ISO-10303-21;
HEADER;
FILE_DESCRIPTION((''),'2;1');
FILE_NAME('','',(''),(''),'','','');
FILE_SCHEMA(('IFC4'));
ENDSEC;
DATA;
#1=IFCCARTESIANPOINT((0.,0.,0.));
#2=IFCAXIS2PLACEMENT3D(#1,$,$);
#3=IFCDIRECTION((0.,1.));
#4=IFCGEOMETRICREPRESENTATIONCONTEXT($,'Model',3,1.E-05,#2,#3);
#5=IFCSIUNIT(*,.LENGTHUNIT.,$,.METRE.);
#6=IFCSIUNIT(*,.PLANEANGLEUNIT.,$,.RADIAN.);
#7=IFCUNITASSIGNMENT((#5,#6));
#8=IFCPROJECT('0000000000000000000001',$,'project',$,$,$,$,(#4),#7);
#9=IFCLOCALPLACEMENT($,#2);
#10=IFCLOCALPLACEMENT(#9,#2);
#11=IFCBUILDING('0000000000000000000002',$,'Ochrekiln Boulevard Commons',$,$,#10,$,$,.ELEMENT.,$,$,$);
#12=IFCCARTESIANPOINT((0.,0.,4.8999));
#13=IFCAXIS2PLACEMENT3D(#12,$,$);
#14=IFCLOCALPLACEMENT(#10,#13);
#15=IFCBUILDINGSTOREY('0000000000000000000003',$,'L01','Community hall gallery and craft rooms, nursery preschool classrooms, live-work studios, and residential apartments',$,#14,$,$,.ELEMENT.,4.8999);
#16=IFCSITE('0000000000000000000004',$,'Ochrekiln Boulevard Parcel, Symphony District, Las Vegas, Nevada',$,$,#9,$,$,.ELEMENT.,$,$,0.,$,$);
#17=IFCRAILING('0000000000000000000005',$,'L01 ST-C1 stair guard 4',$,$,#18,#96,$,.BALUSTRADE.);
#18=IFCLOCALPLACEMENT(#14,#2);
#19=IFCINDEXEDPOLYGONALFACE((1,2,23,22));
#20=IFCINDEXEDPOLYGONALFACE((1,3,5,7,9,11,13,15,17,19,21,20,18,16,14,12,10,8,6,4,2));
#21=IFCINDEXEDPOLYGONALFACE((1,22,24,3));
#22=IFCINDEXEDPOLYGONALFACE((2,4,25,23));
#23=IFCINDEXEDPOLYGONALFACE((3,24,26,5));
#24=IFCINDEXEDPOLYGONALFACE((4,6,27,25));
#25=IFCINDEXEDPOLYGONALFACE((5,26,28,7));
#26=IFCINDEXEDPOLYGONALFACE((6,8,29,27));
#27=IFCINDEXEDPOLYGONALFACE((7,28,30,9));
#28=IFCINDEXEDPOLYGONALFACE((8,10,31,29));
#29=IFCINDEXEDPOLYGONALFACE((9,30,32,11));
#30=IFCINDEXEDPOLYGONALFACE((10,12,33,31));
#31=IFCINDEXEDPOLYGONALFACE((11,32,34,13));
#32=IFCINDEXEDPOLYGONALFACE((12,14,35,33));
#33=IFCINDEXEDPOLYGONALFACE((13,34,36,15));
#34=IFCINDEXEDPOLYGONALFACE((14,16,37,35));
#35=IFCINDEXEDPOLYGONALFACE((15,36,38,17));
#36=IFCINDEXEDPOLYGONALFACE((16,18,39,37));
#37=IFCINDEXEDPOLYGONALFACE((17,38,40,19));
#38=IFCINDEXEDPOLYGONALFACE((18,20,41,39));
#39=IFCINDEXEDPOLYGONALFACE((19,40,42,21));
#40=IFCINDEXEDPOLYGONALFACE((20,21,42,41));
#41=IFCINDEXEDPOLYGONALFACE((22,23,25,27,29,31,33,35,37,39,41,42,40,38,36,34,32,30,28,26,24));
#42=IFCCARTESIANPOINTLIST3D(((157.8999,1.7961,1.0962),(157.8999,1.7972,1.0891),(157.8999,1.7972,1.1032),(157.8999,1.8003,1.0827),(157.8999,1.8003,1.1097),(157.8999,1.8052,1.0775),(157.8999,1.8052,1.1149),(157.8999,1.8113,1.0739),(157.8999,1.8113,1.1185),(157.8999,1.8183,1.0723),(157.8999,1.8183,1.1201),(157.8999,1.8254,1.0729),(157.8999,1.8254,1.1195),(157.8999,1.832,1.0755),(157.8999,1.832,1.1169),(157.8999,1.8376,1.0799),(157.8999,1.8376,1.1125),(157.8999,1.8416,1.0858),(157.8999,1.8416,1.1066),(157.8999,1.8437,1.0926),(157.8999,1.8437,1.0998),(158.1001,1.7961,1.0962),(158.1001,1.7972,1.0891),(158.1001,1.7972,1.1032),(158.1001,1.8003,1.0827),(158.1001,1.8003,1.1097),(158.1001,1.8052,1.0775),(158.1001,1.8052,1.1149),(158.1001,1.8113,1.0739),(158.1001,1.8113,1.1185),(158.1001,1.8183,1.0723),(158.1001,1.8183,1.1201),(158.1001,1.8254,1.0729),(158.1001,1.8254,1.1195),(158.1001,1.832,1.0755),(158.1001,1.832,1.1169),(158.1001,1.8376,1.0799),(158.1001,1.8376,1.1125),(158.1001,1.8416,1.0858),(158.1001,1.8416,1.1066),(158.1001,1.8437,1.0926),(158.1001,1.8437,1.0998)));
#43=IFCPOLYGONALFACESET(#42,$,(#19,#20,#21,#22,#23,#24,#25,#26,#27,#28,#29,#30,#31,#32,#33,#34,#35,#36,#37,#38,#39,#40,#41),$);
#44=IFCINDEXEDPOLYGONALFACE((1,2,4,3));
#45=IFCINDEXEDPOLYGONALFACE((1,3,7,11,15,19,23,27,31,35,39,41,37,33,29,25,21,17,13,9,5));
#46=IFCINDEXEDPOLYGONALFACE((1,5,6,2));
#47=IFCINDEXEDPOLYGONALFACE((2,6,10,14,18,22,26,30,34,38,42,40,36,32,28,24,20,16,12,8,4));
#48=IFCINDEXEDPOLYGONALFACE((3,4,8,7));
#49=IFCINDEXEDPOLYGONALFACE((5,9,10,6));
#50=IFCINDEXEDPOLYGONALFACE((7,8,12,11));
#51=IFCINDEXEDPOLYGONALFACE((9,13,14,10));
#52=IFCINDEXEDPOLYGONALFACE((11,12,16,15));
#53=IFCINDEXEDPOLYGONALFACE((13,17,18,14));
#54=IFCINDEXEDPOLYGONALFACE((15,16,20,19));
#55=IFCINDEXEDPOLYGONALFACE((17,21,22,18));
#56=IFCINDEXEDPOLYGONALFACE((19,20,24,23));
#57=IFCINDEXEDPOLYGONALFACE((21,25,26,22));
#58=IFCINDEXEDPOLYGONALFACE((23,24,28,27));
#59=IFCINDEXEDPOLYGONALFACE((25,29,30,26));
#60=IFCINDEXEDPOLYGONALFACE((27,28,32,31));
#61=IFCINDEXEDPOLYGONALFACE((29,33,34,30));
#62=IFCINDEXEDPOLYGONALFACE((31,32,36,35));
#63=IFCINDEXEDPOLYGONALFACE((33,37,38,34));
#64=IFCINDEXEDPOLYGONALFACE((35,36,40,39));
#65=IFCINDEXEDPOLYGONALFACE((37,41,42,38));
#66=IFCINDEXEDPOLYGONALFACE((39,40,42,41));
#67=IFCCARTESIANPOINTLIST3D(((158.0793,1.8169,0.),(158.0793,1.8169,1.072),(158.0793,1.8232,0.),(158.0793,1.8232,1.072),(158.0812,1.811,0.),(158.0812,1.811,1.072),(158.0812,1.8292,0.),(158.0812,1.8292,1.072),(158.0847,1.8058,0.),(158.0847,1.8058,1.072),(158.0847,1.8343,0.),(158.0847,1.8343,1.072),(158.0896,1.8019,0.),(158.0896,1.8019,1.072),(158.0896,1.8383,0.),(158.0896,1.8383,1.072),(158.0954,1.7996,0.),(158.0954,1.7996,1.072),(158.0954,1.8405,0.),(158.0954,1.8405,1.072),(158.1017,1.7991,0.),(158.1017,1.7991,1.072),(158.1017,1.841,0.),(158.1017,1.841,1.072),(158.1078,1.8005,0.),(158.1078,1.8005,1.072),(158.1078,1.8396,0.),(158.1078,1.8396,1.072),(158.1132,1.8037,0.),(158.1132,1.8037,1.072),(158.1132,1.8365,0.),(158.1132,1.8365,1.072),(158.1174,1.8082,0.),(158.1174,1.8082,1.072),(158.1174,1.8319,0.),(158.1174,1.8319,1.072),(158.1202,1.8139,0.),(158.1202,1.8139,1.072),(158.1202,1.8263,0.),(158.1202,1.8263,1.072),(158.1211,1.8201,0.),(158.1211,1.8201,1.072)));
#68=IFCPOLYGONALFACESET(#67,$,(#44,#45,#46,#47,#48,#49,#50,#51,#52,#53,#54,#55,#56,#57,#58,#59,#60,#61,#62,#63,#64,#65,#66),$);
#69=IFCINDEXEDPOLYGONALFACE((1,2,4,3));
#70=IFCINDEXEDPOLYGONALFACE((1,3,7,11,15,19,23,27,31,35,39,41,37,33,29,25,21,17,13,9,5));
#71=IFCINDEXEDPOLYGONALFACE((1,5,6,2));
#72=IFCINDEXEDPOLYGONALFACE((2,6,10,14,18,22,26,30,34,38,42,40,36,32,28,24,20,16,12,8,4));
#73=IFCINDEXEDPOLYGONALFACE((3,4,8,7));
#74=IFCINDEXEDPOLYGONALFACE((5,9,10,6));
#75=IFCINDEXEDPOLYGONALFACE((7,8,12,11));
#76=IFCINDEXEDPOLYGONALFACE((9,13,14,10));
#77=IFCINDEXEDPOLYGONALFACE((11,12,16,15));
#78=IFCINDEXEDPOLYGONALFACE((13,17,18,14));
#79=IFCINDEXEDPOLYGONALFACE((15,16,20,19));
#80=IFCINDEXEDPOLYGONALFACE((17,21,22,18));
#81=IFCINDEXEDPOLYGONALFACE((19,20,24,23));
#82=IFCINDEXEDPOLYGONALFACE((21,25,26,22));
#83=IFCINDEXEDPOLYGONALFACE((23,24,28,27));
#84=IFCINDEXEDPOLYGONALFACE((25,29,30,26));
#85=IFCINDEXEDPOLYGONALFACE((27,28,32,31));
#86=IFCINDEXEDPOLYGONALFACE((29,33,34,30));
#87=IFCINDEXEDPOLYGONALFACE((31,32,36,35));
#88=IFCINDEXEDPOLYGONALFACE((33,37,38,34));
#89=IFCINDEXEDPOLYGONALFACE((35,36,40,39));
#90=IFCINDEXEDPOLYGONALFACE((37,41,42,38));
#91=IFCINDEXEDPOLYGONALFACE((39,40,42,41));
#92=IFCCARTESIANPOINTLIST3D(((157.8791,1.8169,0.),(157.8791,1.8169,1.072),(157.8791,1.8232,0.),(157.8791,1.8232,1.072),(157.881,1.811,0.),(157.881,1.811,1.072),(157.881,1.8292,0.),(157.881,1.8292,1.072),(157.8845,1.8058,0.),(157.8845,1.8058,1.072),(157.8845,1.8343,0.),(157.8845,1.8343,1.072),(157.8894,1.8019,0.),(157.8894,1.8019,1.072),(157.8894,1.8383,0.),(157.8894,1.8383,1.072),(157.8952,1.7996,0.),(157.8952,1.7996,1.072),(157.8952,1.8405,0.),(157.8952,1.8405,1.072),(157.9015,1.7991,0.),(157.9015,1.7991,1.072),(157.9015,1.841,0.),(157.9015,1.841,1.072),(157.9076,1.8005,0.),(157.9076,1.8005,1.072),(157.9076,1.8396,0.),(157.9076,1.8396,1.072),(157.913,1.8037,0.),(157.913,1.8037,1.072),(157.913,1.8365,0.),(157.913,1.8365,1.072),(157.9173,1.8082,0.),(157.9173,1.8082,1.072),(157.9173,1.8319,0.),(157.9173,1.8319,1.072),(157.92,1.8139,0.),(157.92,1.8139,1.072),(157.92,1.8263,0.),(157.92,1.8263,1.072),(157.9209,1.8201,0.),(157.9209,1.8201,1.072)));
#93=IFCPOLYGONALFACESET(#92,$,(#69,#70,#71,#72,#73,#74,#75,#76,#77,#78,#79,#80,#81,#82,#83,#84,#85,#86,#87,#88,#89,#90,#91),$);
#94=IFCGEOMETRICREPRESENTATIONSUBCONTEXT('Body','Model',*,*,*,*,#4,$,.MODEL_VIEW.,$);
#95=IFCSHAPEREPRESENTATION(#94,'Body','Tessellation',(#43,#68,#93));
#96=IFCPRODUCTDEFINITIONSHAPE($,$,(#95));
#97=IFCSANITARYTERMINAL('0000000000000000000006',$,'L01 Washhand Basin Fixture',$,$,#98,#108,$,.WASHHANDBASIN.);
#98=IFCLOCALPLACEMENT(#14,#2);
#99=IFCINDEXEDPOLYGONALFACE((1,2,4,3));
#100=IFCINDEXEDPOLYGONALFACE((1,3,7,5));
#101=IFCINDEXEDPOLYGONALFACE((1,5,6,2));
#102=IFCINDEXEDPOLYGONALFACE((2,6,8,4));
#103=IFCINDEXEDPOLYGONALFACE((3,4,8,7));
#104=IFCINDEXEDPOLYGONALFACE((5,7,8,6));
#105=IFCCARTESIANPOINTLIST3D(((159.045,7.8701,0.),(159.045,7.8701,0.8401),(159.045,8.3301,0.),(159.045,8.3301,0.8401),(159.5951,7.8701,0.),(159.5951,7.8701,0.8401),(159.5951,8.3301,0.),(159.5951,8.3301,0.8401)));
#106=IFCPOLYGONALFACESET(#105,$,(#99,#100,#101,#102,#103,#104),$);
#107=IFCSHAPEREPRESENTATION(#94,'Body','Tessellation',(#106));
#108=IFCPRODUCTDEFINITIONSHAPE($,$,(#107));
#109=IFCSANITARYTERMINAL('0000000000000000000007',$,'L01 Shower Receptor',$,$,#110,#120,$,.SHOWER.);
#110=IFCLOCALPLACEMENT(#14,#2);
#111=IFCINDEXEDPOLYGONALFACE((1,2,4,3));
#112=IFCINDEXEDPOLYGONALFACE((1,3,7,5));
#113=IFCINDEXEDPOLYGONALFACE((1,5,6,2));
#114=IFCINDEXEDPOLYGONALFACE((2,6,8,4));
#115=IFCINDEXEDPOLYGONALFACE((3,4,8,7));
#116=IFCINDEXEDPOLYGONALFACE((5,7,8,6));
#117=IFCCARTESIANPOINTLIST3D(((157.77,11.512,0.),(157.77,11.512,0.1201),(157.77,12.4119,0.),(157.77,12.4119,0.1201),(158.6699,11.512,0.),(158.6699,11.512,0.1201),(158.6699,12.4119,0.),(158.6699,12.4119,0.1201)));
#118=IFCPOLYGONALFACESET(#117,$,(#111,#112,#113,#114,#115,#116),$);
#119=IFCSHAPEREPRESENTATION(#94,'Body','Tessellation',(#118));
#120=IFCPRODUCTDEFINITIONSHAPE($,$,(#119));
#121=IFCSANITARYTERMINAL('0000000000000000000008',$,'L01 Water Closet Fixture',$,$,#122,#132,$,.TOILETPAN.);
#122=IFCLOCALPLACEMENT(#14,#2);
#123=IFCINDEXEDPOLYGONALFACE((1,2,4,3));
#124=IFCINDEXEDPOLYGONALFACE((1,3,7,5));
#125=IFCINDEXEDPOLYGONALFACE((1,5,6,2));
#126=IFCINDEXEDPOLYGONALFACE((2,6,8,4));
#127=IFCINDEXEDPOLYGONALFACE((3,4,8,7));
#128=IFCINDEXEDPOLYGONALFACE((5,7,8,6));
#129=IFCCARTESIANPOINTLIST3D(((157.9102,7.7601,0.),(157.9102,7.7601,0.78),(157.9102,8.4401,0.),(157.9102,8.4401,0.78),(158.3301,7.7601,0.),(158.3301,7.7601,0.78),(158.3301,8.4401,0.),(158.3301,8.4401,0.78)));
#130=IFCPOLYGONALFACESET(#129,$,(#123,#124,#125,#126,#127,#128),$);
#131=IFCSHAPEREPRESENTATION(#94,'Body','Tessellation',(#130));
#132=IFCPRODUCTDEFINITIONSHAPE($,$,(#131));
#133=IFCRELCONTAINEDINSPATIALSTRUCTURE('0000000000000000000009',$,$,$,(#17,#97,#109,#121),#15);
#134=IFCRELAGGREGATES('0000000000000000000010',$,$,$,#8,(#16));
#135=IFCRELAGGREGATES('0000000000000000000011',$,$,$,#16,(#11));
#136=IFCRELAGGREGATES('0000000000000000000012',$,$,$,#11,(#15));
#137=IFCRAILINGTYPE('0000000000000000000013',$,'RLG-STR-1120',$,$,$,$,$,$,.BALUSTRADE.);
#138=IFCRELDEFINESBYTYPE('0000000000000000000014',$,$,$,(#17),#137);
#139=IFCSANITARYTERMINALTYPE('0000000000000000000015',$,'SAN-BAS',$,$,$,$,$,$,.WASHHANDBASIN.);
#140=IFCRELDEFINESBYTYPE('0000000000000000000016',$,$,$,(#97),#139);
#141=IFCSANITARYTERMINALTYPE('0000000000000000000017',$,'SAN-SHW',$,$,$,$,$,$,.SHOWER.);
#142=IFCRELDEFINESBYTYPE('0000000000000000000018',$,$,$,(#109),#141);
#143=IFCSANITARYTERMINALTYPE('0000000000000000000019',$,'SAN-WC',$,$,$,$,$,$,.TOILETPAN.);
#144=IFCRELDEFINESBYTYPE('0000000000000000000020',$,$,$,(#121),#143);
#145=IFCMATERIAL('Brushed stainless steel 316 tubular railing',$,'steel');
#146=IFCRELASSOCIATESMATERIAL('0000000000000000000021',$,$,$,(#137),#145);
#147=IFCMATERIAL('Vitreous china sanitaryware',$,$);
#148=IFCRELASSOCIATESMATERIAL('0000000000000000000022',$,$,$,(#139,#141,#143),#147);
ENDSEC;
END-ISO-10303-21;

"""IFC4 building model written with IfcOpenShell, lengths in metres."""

from ifc_helpers import new_model, si_unit, direction, frame, origin, origin_2d, place, context, subcontext, project, spatial, rectangle, circle, extrude, material, type_object, element, save


model = new_model("IFC4")

# Units and contexts
model_context = context("Model", 3, precision=1e-05, world=origin(), true_north=direction((0.0, 1.0)))
body_context = subcontext(model_context, "Body", "Model", "MODEL_VIEW")
ifc_project = project(units=[si_unit("LENGTHUNIT", "METRE"), si_unit("PLANEANGLEUNIT", "RADIAN")], contexts=[model_context])

# Site, building, storey
site_placement = place(None, origin())
site = spatial("IfcSite", under=ifc_project, at=site_placement, Name="Ochrekiln Boulevard Parcel, Symphony District, Las Vegas, Nevada", CompositionType="ELEMENT", RefElevation=0.0)
building_placement = place(site_placement, origin())
building = spatial("IfcBuilding", under=site, at=building_placement, Name="Ochrekiln Boulevard Commons", CompositionType="ELEMENT")
storey_placement = place(building_placement, frame((0.0, 0.0, 4.8999)))
storey = spatial("IfcBuildingStorey", under=building, at=storey_placement, Name="L01", Description="Community hall gallery and craft rooms, nursery preschool classrooms, live-work studios, and residential apartments", CompositionType="ELEMENT", Elevation=4.8999)

# Railing
ifc_material_1 = material(Name="Brushed stainless steel 316 tubular railing", Category="steel")
railing_type_1 = type_object("IfcRailingType", Name="RLG-STR-1120", PredefinedType="BALUSTRADE", material=ifc_material_1)
railing_1_placement = place(storey_placement, frame((158.1001, 1.8201, 0.0)))
element("IfcRailing", 1, at=railing_1_placement, inside=storey, type_object=railing_type_1, Name="L01 ST-C1 stair guard 4", PredefinedType="BALUSTRADE", context=body_context, shape_type="SweptSolid", body=[
    extrude(circle(Radius=0.0239, at=origin_2d()), frame((0.0, 0.0, 1.0962), z_axis=(-1.0, 0.0, 0.0), x_axis=(0.0, -1.0, 0.0)), (0.0, 0.0, 1.0), 0.2002),
    extrude(circle(Radius=0.021, at=origin_2d()), origin(), (0.0, 0.0, 1.0), 1.072),
    extrude(circle(Radius=0.021, at=origin_2d()), frame((-0.2002, 0.0, 0.0)), (0.0, 0.0, 1.0), 1.072),
])

# Sanitary terminals
ifc_material_2 = material(Name="Vitreous china sanitaryware")
sanitary_terminal_type_1 = type_object("IfcSanitaryTerminalType", Name="SAN-BAS", PredefinedType="WASHHANDBASIN", material=ifc_material_2)
sanitary_terminal_1_placement = place(storey_placement, frame((159.3201, 8.1001, 0.0), z_axis=(0.0, 0.0, 1.0), x_axis=(1.0, 0.0, 0.0)))
element("IfcSanitaryTerminal", 2, at=sanitary_terminal_1_placement, inside=storey, type_object=sanitary_terminal_type_1, Name="L01 Washhand Basin Fixture", PredefinedType="WASHHANDBASIN", context=body_context, shape_type="SweptSolid", body=[
    extrude(rectangle(XDim=0.55, YDim=0.46, at=origin_2d()), origin(), (0.0, 0.0, 1.0), 0.8401),
])
sanitary_terminal_type_2 = type_object("IfcSanitaryTerminalType", Name="SAN-SHW", PredefinedType="SHOWER", material=ifc_material_2)
sanitary_terminal_2_placement = place(storey_placement, frame((158.22, 11.9619, 0.0), z_axis=(0.0, 0.0, 1.0), x_axis=(1.0, 0.0, 0.0)))
element("IfcSanitaryTerminal", 3, at=sanitary_terminal_2_placement, inside=storey, type_object=sanitary_terminal_type_2, Name="L01 Shower Receptor", PredefinedType="SHOWER", context=body_context, shape_type="SweptSolid", body=[
    extrude(rectangle(XDim=0.8999, YDim=0.8999, at=origin_2d()), origin(), (0.0, 0.0, 1.0), 0.1201),
])
sanitary_terminal_type_3 = type_object("IfcSanitaryTerminalType", Name="SAN-WC", PredefinedType="TOILETPAN", material=ifc_material_2)
sanitary_terminal_3_placement = place(storey_placement, frame((158.1201, 8.1001, 0.0), z_axis=(0.0, 0.0, 1.0), x_axis=(1.0, 0.0, 0.0)))
element("IfcSanitaryTerminal", 4, at=sanitary_terminal_3_placement, inside=storey, type_object=sanitary_terminal_type_3, Name="L01 Water Closet Fixture", PredefinedType="TOILETPAN", context=body_context, shape_type="SweptSolid", body=[
    extrude(rectangle(XDim=0.4199, YDim=0.6799, at=origin_2d()), origin(), (0.0, 0.0, 1.0), 0.78),
])

save(model, "model.ifc")
